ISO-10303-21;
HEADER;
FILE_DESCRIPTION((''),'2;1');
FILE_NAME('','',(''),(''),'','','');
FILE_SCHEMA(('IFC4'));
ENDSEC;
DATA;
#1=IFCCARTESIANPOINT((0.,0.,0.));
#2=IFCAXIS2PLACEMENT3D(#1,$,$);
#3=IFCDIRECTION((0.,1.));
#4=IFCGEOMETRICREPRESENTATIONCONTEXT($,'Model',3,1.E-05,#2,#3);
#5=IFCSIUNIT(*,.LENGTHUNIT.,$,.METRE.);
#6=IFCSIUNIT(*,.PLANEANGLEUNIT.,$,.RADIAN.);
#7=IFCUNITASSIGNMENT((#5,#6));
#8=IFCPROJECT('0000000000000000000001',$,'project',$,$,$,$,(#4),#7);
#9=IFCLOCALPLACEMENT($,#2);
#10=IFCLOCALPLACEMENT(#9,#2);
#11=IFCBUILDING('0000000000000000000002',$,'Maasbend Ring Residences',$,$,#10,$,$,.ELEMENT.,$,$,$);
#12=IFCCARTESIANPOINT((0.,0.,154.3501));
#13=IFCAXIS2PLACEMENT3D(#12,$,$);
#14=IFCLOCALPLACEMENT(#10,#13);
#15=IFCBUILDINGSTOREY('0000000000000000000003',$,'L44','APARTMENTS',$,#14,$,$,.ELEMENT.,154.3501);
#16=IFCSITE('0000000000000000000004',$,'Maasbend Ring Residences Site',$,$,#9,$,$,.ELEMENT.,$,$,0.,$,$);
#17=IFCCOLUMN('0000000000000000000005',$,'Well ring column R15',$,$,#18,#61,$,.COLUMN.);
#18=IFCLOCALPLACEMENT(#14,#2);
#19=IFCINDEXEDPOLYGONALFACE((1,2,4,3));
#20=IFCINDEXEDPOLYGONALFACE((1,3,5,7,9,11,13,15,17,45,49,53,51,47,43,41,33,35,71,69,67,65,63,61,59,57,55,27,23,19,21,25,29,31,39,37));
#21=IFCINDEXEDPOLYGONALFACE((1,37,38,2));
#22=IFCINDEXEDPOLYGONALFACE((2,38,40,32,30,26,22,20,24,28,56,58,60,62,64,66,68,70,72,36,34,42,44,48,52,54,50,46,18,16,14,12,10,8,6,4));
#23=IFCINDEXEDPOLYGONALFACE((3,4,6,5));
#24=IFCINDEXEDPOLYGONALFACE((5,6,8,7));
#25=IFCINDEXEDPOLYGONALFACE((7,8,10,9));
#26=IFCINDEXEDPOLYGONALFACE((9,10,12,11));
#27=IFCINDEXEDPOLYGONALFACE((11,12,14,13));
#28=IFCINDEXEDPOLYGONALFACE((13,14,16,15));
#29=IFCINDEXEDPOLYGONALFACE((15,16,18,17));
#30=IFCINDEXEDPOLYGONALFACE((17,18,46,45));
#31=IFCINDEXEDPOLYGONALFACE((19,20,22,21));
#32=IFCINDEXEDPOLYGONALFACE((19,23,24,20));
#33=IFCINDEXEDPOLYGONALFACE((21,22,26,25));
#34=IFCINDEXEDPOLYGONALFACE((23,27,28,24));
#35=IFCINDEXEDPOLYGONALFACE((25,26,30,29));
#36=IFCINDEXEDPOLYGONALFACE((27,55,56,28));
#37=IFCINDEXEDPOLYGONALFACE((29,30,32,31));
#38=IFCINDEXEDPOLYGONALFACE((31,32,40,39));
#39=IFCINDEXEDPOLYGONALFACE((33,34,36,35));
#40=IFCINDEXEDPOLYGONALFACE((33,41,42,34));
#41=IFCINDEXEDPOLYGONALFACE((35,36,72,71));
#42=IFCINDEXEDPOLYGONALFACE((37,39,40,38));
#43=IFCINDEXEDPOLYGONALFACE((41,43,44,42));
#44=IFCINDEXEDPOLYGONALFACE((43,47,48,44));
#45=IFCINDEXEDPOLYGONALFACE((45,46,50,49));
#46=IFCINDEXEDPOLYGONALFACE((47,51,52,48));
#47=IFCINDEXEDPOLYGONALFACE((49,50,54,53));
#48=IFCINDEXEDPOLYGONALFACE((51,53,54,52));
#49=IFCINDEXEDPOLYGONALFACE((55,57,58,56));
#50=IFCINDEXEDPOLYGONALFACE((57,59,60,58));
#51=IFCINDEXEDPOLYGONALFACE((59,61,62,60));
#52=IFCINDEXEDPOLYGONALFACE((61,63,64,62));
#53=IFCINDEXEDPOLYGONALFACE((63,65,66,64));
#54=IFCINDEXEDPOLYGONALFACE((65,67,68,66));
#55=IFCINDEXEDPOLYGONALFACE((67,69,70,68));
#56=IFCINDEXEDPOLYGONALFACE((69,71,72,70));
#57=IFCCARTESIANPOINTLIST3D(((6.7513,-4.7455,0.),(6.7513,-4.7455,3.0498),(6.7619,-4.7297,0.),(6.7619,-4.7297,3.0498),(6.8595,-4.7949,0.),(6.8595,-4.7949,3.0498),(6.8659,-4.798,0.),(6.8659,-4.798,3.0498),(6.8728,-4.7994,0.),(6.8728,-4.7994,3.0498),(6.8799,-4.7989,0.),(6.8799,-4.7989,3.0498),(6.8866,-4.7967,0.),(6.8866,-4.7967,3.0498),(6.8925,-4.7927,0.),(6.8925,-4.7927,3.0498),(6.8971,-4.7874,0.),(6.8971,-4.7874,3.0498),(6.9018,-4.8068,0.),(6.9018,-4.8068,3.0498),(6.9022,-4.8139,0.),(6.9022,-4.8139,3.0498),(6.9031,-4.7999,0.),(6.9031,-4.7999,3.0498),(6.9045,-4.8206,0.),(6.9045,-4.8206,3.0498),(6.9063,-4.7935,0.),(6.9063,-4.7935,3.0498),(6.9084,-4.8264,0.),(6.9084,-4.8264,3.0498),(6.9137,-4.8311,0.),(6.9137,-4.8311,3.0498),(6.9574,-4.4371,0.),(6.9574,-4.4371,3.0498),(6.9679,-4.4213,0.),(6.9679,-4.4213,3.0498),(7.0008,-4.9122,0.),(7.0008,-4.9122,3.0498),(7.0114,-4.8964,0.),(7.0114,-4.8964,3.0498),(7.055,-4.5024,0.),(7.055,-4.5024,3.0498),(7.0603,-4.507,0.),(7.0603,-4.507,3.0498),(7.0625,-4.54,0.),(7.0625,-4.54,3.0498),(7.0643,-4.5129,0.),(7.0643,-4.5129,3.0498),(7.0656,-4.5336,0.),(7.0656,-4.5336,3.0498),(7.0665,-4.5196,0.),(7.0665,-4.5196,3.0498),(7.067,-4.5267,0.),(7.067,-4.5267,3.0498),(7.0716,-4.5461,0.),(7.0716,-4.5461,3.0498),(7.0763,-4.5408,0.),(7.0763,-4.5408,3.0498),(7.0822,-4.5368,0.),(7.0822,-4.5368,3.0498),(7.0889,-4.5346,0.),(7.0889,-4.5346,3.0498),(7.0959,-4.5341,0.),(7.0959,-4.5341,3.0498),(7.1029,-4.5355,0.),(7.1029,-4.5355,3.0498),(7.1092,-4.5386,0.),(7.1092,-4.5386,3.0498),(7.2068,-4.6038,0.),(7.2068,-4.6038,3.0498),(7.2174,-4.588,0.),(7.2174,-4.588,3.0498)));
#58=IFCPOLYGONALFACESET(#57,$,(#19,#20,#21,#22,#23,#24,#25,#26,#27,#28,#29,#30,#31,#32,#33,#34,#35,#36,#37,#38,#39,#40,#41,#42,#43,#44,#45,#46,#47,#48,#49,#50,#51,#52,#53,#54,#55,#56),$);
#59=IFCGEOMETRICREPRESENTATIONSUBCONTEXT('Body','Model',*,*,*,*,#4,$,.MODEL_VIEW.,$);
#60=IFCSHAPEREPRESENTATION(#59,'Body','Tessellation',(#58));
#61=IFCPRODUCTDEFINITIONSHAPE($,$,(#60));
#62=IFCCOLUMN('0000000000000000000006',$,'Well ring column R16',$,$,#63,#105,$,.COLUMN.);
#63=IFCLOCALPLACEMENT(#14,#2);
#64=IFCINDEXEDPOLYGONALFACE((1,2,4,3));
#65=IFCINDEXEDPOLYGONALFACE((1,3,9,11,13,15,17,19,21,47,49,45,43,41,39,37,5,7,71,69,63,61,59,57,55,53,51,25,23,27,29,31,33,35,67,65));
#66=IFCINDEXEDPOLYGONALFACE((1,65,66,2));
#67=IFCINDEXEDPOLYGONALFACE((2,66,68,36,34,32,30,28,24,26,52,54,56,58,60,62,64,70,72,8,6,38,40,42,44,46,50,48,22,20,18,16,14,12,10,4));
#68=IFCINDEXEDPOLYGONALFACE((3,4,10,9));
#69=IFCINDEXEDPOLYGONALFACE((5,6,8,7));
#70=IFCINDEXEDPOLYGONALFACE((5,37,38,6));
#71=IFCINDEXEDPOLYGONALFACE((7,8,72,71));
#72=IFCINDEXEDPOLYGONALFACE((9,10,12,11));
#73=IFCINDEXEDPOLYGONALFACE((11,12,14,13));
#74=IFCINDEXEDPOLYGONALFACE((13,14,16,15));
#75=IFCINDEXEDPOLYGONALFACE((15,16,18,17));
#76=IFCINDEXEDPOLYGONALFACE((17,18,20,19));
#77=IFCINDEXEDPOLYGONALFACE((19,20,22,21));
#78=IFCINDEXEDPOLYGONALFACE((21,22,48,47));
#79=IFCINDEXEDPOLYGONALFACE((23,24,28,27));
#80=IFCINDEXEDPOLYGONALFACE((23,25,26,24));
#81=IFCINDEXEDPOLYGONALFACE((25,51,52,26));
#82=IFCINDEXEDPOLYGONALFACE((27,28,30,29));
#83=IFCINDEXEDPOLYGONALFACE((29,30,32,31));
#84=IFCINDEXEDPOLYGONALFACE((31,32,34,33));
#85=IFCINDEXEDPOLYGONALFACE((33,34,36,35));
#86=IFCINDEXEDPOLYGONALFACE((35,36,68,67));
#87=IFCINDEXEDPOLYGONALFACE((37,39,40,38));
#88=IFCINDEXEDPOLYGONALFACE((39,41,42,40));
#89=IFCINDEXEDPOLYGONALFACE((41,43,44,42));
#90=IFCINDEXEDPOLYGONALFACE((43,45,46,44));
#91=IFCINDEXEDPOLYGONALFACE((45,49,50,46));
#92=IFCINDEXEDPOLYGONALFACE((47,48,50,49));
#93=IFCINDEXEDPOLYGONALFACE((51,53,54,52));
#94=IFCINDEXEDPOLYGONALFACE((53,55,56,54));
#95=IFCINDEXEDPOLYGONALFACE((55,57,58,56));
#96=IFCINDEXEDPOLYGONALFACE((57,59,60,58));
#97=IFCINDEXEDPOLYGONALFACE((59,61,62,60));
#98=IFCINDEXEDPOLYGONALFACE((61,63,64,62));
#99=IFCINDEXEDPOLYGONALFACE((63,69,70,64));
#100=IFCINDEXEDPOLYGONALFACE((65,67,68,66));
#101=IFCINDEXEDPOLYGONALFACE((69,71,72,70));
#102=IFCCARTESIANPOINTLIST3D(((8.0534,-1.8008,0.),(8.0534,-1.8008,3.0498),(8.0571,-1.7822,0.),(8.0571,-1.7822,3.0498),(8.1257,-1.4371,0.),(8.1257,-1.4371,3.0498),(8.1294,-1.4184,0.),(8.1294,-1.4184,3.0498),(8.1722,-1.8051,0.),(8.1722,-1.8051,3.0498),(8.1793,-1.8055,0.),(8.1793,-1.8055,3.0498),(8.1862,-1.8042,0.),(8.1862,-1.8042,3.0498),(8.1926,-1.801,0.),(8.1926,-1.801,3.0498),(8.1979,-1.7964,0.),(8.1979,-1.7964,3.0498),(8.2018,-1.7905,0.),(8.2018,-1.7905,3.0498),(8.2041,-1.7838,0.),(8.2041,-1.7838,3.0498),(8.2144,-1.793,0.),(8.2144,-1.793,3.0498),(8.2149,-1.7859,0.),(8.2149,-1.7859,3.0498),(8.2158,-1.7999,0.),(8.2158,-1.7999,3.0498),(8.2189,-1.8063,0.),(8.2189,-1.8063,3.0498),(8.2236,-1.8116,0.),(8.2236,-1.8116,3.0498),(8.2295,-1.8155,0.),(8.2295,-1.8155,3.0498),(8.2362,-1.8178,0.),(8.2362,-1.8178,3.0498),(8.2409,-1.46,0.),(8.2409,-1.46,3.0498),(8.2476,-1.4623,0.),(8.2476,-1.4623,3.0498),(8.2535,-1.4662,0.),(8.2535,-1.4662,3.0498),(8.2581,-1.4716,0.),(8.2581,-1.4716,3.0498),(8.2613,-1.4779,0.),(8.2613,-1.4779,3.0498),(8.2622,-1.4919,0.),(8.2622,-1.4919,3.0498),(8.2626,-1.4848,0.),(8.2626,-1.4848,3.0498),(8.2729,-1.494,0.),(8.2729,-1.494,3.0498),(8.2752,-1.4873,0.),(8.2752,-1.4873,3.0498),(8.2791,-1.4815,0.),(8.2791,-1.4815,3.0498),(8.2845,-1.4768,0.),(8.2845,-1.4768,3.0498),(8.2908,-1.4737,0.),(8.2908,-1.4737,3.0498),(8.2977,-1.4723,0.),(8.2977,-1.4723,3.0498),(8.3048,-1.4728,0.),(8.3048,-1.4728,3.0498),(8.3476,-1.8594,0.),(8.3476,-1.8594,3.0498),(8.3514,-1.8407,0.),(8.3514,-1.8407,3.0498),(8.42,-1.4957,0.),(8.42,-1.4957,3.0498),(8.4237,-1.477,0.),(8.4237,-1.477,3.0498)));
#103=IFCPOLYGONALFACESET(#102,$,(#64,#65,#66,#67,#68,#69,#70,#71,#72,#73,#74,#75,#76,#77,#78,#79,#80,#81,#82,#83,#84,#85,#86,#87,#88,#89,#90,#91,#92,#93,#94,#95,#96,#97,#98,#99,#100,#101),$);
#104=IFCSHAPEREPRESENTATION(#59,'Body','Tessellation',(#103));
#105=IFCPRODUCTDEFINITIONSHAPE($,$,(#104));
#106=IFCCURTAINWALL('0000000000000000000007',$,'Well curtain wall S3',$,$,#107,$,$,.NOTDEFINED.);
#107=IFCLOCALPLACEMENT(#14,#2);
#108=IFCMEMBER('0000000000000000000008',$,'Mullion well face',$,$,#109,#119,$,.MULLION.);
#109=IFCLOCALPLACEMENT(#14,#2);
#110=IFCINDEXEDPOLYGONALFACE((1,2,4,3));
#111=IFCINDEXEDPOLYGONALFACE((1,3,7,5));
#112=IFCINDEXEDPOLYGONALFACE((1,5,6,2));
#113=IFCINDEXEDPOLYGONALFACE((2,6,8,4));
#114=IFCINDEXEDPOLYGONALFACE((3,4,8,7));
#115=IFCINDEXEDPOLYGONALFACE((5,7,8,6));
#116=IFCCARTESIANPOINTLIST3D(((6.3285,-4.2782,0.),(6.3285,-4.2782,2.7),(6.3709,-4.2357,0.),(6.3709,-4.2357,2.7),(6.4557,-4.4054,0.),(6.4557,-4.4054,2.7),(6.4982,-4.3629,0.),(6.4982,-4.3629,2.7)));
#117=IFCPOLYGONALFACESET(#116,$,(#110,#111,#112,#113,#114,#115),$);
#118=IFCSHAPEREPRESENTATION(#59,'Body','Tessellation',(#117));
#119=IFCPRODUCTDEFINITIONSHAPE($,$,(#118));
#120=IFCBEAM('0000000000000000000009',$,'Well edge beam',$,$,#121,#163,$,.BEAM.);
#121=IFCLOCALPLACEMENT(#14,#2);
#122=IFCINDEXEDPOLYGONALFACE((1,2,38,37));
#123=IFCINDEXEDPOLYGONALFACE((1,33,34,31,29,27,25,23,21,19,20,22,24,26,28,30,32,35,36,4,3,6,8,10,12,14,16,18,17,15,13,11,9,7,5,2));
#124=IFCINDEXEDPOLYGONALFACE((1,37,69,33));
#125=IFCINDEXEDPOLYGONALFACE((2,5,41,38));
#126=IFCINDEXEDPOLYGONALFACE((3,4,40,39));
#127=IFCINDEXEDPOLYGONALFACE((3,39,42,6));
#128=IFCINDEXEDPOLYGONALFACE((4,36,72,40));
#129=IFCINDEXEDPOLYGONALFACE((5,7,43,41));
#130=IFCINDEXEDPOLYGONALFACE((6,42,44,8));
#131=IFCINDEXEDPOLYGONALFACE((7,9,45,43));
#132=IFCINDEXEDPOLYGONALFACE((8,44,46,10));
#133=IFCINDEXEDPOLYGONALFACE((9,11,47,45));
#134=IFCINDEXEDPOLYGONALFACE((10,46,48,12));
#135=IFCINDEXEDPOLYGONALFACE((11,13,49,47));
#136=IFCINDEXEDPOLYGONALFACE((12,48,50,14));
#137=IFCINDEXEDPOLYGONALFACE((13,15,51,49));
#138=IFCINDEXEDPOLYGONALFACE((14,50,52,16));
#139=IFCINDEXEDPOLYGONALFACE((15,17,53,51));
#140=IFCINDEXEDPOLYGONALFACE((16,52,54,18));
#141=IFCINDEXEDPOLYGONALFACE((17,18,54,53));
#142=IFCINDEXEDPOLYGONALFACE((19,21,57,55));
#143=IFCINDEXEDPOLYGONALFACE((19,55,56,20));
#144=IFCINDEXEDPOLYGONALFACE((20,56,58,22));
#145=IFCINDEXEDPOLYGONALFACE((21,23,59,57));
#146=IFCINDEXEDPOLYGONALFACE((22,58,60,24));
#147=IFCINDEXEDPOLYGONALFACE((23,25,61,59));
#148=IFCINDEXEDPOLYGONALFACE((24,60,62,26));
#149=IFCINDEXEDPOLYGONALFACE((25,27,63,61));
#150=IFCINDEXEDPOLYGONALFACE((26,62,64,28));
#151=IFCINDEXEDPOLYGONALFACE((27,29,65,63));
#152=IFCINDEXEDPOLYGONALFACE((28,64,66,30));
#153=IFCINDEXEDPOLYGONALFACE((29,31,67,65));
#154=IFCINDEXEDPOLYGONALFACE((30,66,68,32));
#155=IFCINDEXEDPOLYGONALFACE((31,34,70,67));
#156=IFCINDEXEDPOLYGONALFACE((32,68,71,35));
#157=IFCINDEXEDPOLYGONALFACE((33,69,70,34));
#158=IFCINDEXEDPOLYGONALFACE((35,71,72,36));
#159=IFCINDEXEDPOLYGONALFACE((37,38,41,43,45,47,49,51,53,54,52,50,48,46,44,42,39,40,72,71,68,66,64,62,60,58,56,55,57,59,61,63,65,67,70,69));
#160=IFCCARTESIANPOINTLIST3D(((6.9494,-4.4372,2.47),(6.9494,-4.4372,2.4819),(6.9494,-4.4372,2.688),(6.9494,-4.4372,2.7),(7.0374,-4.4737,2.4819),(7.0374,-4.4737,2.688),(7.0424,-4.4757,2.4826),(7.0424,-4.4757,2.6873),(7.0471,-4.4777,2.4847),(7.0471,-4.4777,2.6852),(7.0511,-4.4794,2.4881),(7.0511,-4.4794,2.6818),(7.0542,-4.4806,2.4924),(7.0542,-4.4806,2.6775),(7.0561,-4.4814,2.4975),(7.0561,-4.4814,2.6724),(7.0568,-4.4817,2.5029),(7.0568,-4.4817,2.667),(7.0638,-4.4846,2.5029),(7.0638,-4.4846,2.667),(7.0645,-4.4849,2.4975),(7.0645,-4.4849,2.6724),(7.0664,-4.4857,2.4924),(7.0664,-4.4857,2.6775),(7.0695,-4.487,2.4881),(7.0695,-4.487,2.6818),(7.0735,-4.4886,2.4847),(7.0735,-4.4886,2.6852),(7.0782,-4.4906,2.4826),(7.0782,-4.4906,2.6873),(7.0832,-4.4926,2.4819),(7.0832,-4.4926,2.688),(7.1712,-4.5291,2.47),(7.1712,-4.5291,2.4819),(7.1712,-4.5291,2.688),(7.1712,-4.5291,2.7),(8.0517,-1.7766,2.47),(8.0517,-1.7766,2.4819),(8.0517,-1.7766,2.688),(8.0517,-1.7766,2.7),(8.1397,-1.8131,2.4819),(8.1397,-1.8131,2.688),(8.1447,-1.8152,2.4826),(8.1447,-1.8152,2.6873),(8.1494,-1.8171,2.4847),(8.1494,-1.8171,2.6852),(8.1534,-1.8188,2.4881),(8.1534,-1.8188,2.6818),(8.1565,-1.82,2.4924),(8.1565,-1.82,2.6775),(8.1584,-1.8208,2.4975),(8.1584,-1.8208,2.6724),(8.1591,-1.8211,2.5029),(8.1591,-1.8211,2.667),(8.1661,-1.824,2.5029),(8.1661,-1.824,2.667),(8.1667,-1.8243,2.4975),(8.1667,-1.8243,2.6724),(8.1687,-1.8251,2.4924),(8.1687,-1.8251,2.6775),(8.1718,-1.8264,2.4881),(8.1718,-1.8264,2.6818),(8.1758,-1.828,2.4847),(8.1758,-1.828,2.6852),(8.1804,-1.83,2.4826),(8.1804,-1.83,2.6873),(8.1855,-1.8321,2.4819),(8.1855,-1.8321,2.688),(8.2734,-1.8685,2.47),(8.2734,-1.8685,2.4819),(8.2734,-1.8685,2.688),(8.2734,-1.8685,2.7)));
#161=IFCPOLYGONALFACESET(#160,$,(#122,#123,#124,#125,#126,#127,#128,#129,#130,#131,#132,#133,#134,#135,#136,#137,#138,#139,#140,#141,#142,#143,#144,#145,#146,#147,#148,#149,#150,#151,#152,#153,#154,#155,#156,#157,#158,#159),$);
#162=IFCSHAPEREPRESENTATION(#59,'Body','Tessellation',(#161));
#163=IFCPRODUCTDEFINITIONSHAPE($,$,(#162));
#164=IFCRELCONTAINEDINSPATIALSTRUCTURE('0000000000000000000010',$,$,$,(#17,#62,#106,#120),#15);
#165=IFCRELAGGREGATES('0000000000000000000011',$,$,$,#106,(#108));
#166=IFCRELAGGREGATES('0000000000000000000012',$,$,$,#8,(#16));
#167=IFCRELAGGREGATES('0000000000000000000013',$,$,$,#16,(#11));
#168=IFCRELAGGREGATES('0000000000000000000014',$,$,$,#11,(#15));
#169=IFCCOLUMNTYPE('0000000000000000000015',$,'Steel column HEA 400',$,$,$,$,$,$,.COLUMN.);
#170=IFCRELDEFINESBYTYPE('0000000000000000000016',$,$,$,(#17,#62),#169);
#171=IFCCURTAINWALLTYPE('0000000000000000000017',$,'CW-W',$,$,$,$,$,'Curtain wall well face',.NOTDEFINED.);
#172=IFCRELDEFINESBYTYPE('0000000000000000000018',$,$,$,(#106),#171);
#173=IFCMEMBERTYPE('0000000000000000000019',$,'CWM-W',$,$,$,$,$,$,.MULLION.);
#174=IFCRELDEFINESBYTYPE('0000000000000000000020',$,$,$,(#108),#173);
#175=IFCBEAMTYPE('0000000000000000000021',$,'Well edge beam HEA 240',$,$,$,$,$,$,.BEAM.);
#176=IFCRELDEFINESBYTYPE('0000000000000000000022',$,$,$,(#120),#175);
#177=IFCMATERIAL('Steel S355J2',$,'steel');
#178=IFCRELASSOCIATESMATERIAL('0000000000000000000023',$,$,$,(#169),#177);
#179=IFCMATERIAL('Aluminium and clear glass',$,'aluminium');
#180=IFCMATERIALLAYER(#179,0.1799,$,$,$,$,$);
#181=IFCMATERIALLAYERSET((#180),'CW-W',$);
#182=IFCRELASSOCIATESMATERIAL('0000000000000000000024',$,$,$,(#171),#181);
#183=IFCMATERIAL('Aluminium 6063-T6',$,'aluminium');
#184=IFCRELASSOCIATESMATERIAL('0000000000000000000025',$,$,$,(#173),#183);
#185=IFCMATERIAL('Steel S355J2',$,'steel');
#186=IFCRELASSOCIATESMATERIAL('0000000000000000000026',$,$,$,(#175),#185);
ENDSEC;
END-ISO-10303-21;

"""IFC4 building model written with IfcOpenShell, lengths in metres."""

from ifc_helpers import new_model, si_unit, direction, frame, origin, origin_2d, place, context, subcontext, project, spatial, rectangle, i_section, extrude, material, layer, layer_set, material_profile, profile_set, type_object, element, aggregate, save


model = new_model("IFC4")

# Units and contexts
model_context = context("Model", 3, precision=1e-05, world=origin(), true_north=direction((0.0, 1.0)))
body_context = subcontext(model_context, "Body", "Model", "MODEL_VIEW")
ifc_project = project(units=[si_unit("LENGTHUNIT", "METRE"), si_unit("PLANEANGLEUNIT", "RADIAN")], contexts=[model_context])

# Site, building, storey
site_placement = place(None, origin())
site = spatial("IfcSite", under=ifc_project, at=site_placement, Name="Maasbend Ring Residences Site", CompositionType="ELEMENT", RefElevation=0.0)
building_placement = place(site_placement, origin())
building = spatial("IfcBuilding", under=site, at=building_placement, Name="Maasbend Ring Residences", CompositionType="ELEMENT")
storey_placement = place(building_placement, frame((0.0, 0.0, 154.3501)))
storey = spatial("IfcBuildingStorey", under=building, at=storey_placement, Name="L44", Description="APARTMENTS", CompositionType="ELEMENT", Elevation=154.3501)

# Columns
ifc_material_1 = material(Name="Steel S355J2", Category="steel")
ifc_material_profile_1 = material_profile(ifc_material_1, i_section(OverallWidth=0.3, OverallDepth=0.3899, WebThickness=0.011, FlangeThickness=0.019, FilletRadius=0.0271, at=origin_2d()), Name="HEA 400")
ifc_profile_set_1 = profile_set([ifc_material_profile_1], Name="Steel S355J2")
column_type = type_object("IfcColumnType", Name="Steel column HEA 400", PredefinedType="COLUMN", material=ifc_profile_set_1)
for number, where, z_axis, x_axis, name in (
    (1, (6.9844, -4.6667, 0.0), (0.0, 0.0, 1.0), (0.83147, -0.55557, 0.0), "Well ring column R15"),
    (2, (8.2385, -1.6389, 0.0), (0.0, 0.0, 1.0), (0.980785, -0.19509, 0.0), "Well ring column R16"),
):
    element("IfcColumn", number, at=place(storey_placement, frame(where, z_axis=z_axis, x_axis=x_axis)), inside=storey, type_object=column_type, Name=name, PredefinedType="COLUMN", context=body_context, shape_type="SweptSolid", body=[
        extrude(i_section(OverallWidth=0.3, OverallDepth=0.3899, WebThickness=0.011, FlangeThickness=0.019, FilletRadius=0.0271, at=origin_2d()), origin(), (0.0, 0.0, 1.0), 3.0498),
    ])

# Curtain wall, member
ifc_material_2 = material(Name="Aluminium and clear glass", Category="aluminium")
ifc_layer_1 = layer(ifc_material_2, 0.1799)
ifc_layer_set_1 = layer_set([ifc_layer_1], Name="CW-W")
curtain_wall_type = type_object("IfcCurtainWallType", Name="CW-W", ElementType="Curtain wall well face", PredefinedType="NOTDEFINED", material=ifc_layer_set_1)
curtain_wall_placement = place(storey_placement, origin())
curtain_wall = element("IfcCurtainWall", 3, at=curtain_wall_placement, inside=storey, type_object=curtain_wall_type, Name="Well curtain wall S3", PredefinedType="NOTDEFINED")
ifc_material_3 = material(Name="Aluminium 6063-T6", Category="aluminium")
ifc_material_profile_2 = material_profile(ifc_material_3, rectangle(XDim=0.1799, YDim=0.0601, at=origin_2d()), Name="AL 180x60")
ifc_profile_set_2 = profile_set([ifc_material_profile_2], Name="Aluminium 6063-T6")
member_type = type_object("IfcMemberType", Name="CWM-W", PredefinedType="MULLION", material=ifc_profile_set_2)
member_placement = place(storey_placement, frame((6.4133, -4.3206, 0.0), z_axis=(0.0, 0.0, 1.0), x_axis=(-0.707107, 0.707107, 0.0)))
member = element("IfcMember", 4, at=member_placement, type_object=member_type, Name="Mullion well face", PredefinedType="MULLION", context=body_context, shape_type="SweptSolid", body=[
    extrude(rectangle(XDim=0.1799, YDim=0.0601, at=origin_2d()), origin(), (0.0, 0.0, 1.0), 2.7),
])
aggregate(curtain_wall, [member])

# Beam
ifc_material_4 = material(Name="Steel S355J2", Category="steel")
ifc_material_profile_3 = material_profile(ifc_material_4, i_section(OverallWidth=0.24, OverallDepth=0.23, WebThickness=0.0076, FlangeThickness=0.012, FilletRadius=0.021, at=origin_2d()), Name="HEA 240")
ifc_profile_set_3 = profile_set([ifc_material_profile_3], Name="Steel S355J2")
beam_type = type_object("IfcBeamType", Name="Well edge beam HEA 240", PredefinedType="BEAM", material=ifc_profile_set_3)
for number, where, z_axis, x_axis, name in (
    (5, (7.0603, -4.4832, 2.585), (0.382749, 0.923853, 0.0), (-0.923853, 0.382749, 0.0), "Well edge beam"),
):
    element("IfcBeam", number, at=place(storey_placement, frame(where, z_axis=z_axis, x_axis=x_axis)), inside=storey, type_object=beam_type, Name=name, PredefinedType="BEAM", context=body_context, shape_type="SweptSolid", body=[
        extrude(i_section(OverallWidth=0.24, OverallDepth=0.23, WebThickness=0.0076, FlangeThickness=0.012, FilletRadius=0.021, at=origin_2d()), origin(), (0.0, 0.0, 1.0), 2.8799),
    ])

save(model, "model.ifc")
